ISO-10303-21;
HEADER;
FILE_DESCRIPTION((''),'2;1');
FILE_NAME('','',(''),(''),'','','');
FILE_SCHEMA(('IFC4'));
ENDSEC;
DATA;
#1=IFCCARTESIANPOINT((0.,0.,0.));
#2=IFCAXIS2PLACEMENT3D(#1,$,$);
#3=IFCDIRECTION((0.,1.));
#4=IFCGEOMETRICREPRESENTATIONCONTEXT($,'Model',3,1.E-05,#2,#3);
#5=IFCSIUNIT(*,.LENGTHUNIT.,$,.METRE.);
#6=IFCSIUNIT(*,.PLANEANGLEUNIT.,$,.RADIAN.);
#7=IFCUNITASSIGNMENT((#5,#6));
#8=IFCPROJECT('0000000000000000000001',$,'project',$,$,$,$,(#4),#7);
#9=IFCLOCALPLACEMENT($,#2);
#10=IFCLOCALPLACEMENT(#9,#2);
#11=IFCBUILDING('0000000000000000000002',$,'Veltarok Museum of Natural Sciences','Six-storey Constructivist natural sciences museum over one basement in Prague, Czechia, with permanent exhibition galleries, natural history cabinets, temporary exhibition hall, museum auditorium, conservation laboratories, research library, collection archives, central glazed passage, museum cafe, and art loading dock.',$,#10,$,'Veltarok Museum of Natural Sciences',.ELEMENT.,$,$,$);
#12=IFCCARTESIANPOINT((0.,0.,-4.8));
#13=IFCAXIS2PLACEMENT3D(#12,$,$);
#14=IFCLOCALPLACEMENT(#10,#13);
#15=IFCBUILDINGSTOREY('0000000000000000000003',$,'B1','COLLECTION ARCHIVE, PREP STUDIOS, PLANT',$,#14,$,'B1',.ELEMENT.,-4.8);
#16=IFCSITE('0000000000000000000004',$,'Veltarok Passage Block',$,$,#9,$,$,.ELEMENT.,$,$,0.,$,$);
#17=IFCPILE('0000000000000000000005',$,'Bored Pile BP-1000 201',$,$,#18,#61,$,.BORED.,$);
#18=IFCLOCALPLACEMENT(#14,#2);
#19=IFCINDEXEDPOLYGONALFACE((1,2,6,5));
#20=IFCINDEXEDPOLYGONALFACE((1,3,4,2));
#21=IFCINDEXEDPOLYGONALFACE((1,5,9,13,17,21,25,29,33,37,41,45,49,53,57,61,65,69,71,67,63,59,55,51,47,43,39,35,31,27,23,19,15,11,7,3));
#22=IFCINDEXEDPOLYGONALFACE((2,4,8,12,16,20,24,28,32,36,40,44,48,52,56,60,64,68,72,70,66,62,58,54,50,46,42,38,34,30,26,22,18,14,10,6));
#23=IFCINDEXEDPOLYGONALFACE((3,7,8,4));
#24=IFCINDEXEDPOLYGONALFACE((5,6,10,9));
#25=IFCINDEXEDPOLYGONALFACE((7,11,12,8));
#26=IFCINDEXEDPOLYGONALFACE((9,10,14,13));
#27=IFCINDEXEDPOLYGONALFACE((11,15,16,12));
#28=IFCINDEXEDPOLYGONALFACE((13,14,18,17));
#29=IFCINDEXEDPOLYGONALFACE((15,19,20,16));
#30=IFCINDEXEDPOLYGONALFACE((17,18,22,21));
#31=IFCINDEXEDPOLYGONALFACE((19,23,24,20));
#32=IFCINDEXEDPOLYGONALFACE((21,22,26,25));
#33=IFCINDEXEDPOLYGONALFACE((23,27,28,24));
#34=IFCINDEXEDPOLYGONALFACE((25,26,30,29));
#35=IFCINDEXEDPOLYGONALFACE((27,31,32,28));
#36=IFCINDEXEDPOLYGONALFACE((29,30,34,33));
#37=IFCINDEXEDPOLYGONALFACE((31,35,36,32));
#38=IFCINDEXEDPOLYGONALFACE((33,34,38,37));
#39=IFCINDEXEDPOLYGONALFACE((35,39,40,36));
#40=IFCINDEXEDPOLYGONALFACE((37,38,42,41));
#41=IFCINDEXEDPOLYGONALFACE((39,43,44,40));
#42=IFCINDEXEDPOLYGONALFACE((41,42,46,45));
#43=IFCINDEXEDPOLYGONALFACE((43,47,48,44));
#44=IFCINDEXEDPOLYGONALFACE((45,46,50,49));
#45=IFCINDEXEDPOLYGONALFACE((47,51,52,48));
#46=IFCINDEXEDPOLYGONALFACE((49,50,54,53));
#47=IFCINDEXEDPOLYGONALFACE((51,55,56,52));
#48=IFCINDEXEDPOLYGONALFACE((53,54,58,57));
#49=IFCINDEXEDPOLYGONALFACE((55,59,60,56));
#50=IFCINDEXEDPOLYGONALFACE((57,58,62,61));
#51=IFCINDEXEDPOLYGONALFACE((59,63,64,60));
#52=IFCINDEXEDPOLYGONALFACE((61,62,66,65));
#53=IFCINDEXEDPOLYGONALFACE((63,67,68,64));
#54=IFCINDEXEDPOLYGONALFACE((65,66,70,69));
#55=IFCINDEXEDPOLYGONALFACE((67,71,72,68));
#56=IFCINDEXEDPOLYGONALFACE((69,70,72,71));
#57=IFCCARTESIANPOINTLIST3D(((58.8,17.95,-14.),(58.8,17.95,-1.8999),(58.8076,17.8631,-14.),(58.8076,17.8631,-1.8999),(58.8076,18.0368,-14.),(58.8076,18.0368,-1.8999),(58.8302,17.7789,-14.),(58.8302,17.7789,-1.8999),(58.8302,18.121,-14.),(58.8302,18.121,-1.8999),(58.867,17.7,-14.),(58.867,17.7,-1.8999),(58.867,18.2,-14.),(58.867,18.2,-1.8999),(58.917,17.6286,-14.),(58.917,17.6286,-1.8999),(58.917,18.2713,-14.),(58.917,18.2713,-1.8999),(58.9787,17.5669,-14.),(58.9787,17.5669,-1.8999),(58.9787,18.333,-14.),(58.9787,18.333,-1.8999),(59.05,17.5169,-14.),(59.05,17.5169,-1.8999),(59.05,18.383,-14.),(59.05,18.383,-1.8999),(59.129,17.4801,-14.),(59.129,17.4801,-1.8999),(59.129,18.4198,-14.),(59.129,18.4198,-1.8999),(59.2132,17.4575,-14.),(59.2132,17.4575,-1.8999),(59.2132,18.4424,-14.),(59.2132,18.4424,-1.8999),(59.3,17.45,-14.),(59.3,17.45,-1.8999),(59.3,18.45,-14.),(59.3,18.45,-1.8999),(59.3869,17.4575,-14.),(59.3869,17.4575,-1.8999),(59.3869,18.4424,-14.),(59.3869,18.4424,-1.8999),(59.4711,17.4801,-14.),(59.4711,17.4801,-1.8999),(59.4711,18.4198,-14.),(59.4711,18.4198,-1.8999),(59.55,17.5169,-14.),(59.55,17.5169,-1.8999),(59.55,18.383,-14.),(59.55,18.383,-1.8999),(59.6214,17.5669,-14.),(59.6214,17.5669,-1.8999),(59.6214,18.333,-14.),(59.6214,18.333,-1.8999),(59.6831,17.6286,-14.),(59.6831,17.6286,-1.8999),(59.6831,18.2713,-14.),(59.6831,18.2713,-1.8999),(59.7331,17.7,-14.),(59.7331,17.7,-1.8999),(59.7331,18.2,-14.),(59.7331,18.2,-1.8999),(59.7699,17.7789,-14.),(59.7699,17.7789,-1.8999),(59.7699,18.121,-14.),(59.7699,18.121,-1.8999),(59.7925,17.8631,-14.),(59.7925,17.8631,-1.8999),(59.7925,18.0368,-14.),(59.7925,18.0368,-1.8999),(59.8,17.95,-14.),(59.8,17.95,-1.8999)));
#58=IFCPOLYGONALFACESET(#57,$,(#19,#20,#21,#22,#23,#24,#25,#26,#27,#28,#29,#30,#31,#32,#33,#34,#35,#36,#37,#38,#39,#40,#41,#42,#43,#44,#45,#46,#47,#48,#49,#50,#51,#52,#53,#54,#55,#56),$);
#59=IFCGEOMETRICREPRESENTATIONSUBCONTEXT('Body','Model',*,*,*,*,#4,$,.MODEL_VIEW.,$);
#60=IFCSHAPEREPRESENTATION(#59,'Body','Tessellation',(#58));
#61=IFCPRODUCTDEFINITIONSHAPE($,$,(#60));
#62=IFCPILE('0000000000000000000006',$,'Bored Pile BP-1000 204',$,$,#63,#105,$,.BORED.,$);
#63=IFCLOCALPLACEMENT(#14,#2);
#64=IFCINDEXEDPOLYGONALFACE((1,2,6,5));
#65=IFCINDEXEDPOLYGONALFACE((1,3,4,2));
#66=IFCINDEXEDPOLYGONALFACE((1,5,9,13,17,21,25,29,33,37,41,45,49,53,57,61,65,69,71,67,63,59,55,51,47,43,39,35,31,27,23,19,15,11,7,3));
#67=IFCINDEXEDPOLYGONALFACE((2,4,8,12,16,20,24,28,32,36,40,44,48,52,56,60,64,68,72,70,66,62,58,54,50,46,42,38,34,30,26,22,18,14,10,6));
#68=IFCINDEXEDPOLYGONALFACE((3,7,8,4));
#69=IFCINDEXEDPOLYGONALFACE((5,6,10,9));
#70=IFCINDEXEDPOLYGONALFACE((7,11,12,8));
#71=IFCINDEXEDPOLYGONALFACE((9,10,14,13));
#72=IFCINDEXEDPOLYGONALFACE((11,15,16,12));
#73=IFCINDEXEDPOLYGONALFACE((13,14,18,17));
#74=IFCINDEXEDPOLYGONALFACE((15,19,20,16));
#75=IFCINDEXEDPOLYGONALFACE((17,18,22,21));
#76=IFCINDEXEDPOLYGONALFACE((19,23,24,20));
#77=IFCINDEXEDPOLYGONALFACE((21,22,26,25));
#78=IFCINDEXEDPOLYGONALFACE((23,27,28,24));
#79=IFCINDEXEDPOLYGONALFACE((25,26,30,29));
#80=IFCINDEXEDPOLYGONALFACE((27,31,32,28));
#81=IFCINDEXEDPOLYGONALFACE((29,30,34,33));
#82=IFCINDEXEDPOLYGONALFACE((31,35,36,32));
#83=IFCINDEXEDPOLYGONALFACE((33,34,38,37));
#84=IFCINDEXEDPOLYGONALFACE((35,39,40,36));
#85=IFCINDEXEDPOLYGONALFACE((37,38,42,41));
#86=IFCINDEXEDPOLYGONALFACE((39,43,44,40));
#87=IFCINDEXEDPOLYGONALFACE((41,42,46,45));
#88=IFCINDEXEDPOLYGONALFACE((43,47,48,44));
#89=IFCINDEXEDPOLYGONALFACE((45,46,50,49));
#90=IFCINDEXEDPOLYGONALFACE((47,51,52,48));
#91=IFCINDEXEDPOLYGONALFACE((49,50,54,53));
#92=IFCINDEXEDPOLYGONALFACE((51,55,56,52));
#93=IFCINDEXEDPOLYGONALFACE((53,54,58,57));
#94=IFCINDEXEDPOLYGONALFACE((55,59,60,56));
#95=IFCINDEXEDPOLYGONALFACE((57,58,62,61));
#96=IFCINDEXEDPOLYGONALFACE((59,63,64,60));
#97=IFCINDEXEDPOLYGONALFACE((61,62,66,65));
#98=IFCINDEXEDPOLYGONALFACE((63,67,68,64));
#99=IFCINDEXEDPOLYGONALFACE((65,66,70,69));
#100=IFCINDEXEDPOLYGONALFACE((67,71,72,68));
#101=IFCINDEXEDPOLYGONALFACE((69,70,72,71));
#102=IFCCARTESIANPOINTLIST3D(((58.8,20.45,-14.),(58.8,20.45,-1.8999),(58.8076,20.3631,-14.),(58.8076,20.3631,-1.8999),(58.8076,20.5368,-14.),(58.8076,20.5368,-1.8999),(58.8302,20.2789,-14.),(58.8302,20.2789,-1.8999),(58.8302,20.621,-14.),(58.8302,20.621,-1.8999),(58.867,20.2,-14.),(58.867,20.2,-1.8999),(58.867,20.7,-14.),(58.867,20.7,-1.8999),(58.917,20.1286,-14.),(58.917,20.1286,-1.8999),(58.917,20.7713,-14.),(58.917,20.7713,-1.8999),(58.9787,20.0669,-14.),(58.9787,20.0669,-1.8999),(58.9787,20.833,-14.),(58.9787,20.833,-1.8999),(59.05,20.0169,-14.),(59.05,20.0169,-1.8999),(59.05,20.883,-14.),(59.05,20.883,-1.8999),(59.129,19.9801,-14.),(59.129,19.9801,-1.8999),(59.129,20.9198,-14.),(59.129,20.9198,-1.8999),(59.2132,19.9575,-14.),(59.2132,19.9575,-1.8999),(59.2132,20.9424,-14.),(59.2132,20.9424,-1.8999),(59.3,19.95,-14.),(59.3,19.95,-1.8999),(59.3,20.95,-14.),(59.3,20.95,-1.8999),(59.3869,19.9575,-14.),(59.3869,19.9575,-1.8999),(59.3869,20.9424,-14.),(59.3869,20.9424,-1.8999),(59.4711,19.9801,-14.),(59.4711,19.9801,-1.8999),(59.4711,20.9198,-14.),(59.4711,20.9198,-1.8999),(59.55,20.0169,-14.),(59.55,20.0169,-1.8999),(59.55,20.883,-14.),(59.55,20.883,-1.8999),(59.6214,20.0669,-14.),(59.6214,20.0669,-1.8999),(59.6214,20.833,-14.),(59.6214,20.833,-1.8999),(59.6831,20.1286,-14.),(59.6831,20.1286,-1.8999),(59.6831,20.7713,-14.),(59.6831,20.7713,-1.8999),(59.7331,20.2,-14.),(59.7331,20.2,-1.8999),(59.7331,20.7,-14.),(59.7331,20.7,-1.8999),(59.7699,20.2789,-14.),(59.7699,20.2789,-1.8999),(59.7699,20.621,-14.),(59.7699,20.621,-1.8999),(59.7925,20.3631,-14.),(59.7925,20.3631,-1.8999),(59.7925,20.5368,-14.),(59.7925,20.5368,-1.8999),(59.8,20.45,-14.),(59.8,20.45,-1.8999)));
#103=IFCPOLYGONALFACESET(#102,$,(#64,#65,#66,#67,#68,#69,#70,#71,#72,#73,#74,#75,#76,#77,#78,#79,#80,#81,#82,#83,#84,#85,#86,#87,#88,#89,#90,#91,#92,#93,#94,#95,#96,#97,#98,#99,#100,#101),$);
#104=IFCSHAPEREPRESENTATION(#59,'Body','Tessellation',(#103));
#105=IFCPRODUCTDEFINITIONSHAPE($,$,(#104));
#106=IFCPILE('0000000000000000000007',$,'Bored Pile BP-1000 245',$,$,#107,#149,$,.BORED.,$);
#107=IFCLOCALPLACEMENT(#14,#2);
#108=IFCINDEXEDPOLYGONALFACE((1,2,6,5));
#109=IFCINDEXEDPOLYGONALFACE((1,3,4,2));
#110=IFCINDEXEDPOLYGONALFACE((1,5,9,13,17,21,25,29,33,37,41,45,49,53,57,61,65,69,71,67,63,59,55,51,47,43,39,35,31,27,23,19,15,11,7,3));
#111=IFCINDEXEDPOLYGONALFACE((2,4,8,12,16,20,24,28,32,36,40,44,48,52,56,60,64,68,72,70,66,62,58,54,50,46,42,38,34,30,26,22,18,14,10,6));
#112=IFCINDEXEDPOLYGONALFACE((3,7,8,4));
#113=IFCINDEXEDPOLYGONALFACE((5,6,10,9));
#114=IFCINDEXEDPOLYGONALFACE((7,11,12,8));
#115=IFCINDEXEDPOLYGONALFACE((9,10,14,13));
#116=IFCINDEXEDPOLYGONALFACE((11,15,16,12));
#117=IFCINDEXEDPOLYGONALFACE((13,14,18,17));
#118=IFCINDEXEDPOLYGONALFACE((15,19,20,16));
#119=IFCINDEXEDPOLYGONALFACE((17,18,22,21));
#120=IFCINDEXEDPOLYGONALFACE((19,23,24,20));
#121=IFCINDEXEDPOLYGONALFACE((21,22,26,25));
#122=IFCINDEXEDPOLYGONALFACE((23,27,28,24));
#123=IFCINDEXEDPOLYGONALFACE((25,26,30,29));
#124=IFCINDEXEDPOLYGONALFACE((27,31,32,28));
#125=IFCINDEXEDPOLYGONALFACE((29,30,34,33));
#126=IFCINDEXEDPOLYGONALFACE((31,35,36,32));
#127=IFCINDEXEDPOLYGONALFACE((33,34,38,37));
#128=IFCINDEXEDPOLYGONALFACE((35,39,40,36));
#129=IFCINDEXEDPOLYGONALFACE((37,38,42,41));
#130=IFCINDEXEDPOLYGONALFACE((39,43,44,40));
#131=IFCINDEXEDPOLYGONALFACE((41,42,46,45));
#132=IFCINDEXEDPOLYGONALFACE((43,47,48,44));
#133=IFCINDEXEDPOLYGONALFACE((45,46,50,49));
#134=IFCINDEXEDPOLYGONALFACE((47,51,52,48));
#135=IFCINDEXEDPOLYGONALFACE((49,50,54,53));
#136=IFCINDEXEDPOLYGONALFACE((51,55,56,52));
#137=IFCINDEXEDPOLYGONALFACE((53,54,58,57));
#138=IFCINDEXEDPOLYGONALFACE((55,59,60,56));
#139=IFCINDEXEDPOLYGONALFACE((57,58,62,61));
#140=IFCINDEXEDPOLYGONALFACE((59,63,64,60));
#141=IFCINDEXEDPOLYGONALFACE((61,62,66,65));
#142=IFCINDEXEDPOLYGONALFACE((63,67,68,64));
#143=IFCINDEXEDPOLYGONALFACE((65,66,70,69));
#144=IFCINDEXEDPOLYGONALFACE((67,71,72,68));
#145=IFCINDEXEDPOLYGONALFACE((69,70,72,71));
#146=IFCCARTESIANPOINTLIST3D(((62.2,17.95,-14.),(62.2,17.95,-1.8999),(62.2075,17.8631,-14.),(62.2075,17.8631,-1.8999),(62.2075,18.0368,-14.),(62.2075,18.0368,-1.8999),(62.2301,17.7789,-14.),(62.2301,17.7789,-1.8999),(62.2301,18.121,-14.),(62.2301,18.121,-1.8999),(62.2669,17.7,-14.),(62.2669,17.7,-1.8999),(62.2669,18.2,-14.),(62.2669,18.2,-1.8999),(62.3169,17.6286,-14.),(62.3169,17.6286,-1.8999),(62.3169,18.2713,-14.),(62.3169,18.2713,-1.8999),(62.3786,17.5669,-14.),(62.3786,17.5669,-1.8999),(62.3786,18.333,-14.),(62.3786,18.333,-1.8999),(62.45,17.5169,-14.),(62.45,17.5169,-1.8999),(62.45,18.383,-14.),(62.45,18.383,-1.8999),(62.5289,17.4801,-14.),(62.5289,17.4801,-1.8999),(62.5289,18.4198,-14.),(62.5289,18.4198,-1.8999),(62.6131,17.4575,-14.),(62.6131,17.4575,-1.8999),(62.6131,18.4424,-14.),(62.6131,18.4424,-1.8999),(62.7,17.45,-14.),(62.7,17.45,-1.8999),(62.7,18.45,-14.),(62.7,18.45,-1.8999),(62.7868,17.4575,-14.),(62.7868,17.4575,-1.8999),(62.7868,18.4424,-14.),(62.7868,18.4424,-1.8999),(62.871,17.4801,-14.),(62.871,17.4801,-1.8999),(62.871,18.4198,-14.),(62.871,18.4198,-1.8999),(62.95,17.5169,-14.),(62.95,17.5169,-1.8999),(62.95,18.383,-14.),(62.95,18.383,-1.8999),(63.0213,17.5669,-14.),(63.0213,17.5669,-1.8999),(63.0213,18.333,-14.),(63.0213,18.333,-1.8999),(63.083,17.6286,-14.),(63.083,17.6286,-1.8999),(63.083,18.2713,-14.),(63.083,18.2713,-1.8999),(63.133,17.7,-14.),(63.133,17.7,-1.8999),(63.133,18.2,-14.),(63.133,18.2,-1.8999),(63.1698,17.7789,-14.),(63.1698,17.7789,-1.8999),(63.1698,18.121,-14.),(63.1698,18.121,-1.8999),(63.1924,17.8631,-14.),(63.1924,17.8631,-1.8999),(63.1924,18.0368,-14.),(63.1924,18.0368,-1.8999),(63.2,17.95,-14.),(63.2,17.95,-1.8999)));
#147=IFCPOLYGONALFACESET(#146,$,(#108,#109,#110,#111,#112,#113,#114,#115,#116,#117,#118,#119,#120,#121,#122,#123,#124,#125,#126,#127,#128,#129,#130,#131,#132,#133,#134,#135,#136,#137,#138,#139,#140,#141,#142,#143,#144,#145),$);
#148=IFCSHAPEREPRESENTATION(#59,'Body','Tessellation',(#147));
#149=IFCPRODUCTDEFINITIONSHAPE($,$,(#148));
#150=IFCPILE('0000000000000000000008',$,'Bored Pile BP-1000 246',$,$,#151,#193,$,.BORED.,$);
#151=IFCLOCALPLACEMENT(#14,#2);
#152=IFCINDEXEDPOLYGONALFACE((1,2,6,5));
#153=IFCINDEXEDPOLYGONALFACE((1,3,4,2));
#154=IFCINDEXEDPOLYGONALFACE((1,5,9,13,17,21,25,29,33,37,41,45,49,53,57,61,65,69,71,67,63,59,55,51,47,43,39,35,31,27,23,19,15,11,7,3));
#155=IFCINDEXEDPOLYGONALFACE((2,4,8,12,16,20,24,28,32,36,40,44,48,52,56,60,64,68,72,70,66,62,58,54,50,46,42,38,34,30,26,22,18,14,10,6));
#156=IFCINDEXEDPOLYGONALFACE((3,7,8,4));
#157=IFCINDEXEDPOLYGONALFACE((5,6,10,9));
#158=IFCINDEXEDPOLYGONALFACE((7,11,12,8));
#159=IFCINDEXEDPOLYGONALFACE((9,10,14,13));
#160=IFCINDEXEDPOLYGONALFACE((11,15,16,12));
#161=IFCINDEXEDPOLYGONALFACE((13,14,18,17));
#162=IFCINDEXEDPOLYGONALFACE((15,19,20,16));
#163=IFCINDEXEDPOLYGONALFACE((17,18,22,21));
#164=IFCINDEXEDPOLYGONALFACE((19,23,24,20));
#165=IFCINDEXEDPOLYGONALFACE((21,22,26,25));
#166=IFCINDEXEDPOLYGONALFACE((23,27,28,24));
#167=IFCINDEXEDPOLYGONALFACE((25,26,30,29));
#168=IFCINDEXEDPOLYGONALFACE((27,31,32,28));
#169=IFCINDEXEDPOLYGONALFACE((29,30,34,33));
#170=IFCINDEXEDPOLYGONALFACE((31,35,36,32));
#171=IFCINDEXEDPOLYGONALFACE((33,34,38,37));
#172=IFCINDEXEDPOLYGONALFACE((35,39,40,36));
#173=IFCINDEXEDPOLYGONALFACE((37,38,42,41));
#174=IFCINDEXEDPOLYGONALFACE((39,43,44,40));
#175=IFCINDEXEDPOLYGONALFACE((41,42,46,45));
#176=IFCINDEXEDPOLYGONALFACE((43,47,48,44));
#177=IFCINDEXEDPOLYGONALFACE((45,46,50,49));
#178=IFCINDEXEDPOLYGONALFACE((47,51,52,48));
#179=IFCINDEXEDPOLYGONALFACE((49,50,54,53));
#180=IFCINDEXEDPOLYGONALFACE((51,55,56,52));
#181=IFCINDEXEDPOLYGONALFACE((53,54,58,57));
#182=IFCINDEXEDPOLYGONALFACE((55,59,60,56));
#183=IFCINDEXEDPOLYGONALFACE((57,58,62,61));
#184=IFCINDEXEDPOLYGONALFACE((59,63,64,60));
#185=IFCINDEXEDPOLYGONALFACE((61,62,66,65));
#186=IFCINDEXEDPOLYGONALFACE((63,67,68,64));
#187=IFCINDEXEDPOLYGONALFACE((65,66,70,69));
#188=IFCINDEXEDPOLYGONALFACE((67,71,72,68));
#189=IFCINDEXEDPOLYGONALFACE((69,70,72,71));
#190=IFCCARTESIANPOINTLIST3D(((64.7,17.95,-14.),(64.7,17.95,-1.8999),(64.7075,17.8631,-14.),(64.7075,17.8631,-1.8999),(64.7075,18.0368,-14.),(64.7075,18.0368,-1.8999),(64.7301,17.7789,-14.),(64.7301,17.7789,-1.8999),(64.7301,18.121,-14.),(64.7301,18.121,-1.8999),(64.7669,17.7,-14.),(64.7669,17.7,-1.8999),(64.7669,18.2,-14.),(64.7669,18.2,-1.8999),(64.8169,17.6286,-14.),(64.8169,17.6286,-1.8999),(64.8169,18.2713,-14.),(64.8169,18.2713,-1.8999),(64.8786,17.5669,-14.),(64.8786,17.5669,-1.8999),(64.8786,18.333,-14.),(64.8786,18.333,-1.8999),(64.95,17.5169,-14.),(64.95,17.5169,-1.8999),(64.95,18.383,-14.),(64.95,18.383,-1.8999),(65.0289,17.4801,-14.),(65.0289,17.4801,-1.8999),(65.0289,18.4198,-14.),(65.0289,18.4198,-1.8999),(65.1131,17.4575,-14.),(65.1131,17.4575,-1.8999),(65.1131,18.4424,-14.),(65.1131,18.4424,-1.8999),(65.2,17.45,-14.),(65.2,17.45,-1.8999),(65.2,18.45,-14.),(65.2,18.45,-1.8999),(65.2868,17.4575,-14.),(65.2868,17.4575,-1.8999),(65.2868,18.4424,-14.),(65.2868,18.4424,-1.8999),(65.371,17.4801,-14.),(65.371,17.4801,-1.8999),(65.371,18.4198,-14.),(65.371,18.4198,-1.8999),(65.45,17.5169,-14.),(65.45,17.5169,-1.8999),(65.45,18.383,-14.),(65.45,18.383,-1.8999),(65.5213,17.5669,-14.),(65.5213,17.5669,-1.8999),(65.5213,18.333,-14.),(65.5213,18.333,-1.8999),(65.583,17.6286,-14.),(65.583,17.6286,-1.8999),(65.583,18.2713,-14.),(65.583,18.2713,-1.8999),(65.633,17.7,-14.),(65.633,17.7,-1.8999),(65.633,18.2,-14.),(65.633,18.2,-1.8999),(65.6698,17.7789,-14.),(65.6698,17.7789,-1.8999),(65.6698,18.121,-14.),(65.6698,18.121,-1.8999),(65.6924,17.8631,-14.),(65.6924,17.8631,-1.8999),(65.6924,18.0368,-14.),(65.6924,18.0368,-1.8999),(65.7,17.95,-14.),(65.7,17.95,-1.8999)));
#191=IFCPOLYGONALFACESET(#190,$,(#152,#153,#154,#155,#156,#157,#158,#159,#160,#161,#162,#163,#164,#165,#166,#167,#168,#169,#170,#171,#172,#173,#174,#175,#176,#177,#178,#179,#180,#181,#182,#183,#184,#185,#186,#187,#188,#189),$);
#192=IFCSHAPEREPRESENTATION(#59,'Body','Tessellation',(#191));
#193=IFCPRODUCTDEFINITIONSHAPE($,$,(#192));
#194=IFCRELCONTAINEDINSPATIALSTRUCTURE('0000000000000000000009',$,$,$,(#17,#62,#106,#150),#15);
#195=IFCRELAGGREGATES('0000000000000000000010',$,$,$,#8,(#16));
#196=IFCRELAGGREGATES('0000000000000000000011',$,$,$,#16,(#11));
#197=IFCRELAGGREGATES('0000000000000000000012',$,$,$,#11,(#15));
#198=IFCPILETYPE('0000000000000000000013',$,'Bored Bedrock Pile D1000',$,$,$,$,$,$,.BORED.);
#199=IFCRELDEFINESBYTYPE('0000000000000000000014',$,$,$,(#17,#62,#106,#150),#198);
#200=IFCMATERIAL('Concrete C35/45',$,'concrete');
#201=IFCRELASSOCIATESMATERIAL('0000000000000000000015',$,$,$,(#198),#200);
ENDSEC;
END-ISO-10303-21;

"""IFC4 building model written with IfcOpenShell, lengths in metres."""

from ifc_helpers import new_model, si_unit, direction, frame, origin, origin_2d, place, context, subcontext, project, spatial, circle, extrude, material, material_profile, profile_set, type_object, element, save


model = new_model("IFC4")

# Units and contexts
model_context = context("Model", 3, precision=1e-05, world=origin(), true_north=direction((0.0, 1.0)))
body_context = subcontext(model_context, "Body", "Model", "MODEL_VIEW")
ifc_project = project(units=[si_unit("LENGTHUNIT", "METRE"), si_unit("PLANEANGLEUNIT", "RADIAN")], contexts=[model_context])

# Site, building, storey
site_placement = place(None, origin())
site = spatial("IfcSite", under=ifc_project, at=site_placement, Name="Veltarok Passage Block", CompositionType="ELEMENT", RefElevation=0.0)
building_placement = place(site_placement, origin())
building = spatial("IfcBuilding", under=site, at=building_placement, Name="Veltarok Museum of Natural Sciences", Description="Six-storey Constructivist natural sciences museum over one basement in Prague, Czechia, with permanent exhibition galleries, natural history cabinets, temporary exhibition hall, museum auditorium, conservation laboratories, research library, collection archives, central glazed passage, museum cafe, and art loading dock.", LongName="Veltarok Museum of Natural Sciences", CompositionType="ELEMENT")
storey_placement = place(building_placement, frame((0.0, 0.0, -4.8)))
storey = spatial("IfcBuildingStorey", under=building, at=storey_placement, Name="B1", Description="COLLECTION ARCHIVE, PREP STUDIOS, PLANT", LongName="B1", CompositionType="ELEMENT", Elevation=-4.8)

# Piles
ifc_material_1 = material(Name="Concrete C35/45", Category="concrete")
ifc_material_profile_1 = material_profile(ifc_material_1, circle(Radius=0.5, at=origin_2d()), Name="BP D1000")
ifc_profile_set_1 = profile_set([ifc_material_profile_1], Name="Concrete C35/45")
pile_type_1 = type_object("IfcPileType", Name="Bored Bedrock Pile D1000", PredefinedType="BORED", material=ifc_profile_set_1)
for number, where, z_axis, x_axis, name in (
    (1, (59.3, 17.95, -1.8999), (0.0, 0.0, -1.0), (1.0, 0.0, 0.0), "Bored Pile BP-1000 201"),
    (2, (59.3, 20.45, -1.8999), (0.0, 0.0, -1.0), (1.0, 0.0, 0.0), "Bored Pile BP-1000 204"),
    (3, (62.7, 17.95, -1.8999), (0.0, 0.0, -1.0), (1.0, 0.0, 0.0), "Bored Pile BP-1000 245"),
    (4, (65.2, 17.95, -1.8999), (0.0, 0.0, -1.0), (1.0, 0.0, 0.0), "Bored Pile BP-1000 246"),
):
    element("IfcPile", number, at=place(storey_placement, frame(where, z_axis=z_axis, x_axis=x_axis)), inside=storey, type_object=pile_type_1, Name=name, PredefinedType="BORED", context=body_context, shape_type="SweptSolid", body=[
        extrude(circle(Radius=0.5, at=origin_2d()), origin(), (0.0, 0.0, 1.0), 12.1001),
    ])

save(model, "model.ifc")
